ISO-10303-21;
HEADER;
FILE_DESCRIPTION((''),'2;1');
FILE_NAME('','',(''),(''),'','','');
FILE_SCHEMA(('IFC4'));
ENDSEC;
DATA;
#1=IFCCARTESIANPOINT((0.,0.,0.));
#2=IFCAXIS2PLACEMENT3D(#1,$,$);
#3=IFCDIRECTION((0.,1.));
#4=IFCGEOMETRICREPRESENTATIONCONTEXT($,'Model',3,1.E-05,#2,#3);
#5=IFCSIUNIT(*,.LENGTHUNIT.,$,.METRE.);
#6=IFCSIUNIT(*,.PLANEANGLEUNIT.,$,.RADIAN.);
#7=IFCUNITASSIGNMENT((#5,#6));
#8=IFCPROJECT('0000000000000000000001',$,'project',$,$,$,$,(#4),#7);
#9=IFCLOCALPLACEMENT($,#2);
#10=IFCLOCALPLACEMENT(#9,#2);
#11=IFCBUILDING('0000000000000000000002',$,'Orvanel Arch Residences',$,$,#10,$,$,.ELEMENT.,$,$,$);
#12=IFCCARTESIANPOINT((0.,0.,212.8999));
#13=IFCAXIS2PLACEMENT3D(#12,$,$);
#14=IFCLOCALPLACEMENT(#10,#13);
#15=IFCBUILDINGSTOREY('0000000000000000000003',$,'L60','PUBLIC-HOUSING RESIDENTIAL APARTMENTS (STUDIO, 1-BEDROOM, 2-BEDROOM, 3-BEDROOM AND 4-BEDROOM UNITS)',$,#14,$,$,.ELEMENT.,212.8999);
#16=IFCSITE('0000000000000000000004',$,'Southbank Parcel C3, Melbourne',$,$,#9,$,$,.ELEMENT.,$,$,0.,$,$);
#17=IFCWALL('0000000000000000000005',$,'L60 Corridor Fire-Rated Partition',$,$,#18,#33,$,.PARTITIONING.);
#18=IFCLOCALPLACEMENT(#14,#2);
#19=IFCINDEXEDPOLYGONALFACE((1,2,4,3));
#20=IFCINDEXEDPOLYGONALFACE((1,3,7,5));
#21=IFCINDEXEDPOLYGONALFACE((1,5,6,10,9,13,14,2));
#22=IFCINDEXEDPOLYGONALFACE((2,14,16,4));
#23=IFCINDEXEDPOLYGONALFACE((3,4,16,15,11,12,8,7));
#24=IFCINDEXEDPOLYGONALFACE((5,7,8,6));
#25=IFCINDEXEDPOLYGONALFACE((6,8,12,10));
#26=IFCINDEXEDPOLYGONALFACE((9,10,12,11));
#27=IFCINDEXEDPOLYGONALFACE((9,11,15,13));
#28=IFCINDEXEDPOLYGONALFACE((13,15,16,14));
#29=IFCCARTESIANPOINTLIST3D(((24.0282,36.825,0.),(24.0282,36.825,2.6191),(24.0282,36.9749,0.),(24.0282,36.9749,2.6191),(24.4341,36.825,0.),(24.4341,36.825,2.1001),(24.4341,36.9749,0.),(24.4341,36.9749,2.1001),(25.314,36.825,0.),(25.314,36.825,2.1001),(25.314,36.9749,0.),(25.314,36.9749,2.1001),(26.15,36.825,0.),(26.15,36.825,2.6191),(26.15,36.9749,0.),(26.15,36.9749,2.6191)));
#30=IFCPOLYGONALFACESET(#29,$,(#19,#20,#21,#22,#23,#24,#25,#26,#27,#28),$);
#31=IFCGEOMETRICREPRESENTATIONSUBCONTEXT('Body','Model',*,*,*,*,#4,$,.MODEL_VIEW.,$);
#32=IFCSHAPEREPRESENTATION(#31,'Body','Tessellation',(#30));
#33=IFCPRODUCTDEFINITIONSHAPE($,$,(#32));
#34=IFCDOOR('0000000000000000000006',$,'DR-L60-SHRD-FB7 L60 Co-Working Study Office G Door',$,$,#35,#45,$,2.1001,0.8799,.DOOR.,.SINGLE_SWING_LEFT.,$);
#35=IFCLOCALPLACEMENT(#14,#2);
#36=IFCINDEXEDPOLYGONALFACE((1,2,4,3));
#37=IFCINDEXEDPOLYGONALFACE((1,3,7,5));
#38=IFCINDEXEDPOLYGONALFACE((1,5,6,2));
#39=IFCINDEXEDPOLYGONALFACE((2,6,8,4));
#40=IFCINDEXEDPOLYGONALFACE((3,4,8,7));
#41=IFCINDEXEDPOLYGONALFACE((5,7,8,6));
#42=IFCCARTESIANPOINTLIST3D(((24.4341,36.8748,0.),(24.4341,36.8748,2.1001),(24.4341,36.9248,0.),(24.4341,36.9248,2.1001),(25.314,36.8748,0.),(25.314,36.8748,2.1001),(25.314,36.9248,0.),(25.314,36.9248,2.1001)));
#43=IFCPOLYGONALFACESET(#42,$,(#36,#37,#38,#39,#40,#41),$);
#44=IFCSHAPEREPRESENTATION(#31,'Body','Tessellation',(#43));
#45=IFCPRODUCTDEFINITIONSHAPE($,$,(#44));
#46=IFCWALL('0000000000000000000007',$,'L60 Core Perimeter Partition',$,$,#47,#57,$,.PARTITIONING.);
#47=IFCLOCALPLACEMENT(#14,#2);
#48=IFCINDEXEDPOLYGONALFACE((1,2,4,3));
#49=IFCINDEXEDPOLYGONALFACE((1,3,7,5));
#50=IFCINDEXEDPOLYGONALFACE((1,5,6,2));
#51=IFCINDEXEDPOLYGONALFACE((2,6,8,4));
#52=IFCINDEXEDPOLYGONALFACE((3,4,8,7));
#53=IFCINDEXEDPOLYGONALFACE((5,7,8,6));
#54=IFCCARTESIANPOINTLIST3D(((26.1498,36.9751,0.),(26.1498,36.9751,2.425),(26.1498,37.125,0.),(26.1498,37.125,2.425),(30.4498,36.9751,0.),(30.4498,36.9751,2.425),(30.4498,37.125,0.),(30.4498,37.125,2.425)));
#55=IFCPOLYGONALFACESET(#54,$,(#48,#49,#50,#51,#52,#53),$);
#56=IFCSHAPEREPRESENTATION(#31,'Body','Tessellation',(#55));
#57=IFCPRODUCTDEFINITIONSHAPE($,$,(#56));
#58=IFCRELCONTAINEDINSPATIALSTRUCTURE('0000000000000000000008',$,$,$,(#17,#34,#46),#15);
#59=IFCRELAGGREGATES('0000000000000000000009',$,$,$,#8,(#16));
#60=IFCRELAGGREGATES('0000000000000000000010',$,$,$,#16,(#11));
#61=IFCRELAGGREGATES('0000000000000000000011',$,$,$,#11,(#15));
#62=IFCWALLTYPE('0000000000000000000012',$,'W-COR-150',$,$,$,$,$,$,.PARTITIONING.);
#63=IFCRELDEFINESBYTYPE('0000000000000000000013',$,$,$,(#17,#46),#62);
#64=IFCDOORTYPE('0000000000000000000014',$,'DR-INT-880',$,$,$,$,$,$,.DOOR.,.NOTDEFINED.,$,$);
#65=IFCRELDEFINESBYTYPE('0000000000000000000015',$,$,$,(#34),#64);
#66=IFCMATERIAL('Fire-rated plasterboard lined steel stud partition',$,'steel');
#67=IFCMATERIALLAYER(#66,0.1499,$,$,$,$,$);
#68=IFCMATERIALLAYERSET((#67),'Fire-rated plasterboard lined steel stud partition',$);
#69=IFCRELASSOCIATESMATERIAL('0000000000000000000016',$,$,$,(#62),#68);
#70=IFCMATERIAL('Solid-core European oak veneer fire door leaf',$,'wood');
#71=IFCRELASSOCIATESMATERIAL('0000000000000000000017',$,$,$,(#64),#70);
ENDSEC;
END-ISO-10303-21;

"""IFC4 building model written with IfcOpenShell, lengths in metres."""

from ifc_helpers import new_model, si_unit, direction, frame, frame_2d, origin, place, context, subcontext, project, spatial, rectangle, extrude, material, layer, layer_set, type_object, element, fill, save


model = new_model("IFC4")

# Units and contexts
model_context = context("Model", 3, precision=1e-05, world=origin(), true_north=direction((0.0, 1.0)))
body_context = subcontext(model_context, "Body", "Model", "MODEL_VIEW")
ifc_project = project(units=[si_unit("LENGTHUNIT", "METRE"), si_unit("PLANEANGLEUNIT", "RADIAN")], contexts=[model_context])

# Site, building, storey
site_placement = place(None, origin())
site = spatial("IfcSite", under=ifc_project, at=site_placement, Name="Southbank Parcel C3, Melbourne", CompositionType="ELEMENT", RefElevation=0.0)
building_placement = place(site_placement, origin())
building = spatial("IfcBuilding", under=site, at=building_placement, Name="Orvanel Arch Residences", CompositionType="ELEMENT")
storey_placement = place(building_placement, frame((0.0, 0.0, 212.8999)))
storey = spatial("IfcBuildingStorey", under=building, at=storey_placement, Name="L60", Description="PUBLIC-HOUSING RESIDENTIAL APARTMENTS (STUDIO, 1-BEDROOM, 2-BEDROOM, 3-BEDROOM AND 4-BEDROOM UNITS)", CompositionType="ELEMENT", Elevation=212.8999)

# Wall, opening, door
ifc_material_1 = material(Name="Fire-rated plasterboard lined steel stud partition", Category="steel")
ifc_layer_1 = layer(ifc_material_1, 0.1499)
ifc_layer_set_1 = layer_set([ifc_layer_1], Name="Fire-rated plasterboard lined steel stud partition")
wall_type_1 = type_object("IfcWallType", Name="W-COR-150", PredefinedType="PARTITIONING", material=ifc_layer_set_1)
wall_1_placement = place(storey_placement, frame((24.0281, 36.8999, 0.0), z_axis=(0.0, 0.0, 1.0), x_axis=(1.0, 0.0, 0.0)))
wall_1 = element("IfcWall", 1, at=wall_1_placement, inside=storey, type_object=wall_type_1, Name="L60 Corridor Fire-Rated Partition", PredefinedType="PARTITIONING", context=body_context, shape_type="SweptSolid", body=[
    extrude(rectangle(XDim=2.1218, YDim=0.1499, at=frame_2d((1.061, 0.0))), origin(), (0.0, 0.0, 1.0), 2.6191),
])
opening_1_placement = place(wall_1_placement, frame((0.406, 0.0, 0.0)))
opening_1 = element("IfcOpeningElement", 2, at=opening_1_placement, cuts=wall_1, PredefinedType="OPENING", context=body_context, shape_type="SweptSolid", body=[
    extrude(rectangle(XDim=0.8799, YDim=2.1001, at=frame_2d((0.4399, 1.05))), frame((0.0, 0.085, 0.0), z_axis=(0.0, -1.0, 0.0), x_axis=(1.0, 0.0, 0.0)), (0.0, 0.0, 1.0), 0.1699),
])
ifc_material_2 = material(Name="Solid-core European oak veneer fire door leaf", Category="wood")
door_type_1 = type_object("IfcDoorType", Name="DR-INT-880", OperationType="NOTDEFINED", PredefinedType="DOOR", material=ifc_material_2)
door_1_placement = place(opening_1_placement, origin())
door_1 = element("IfcDoor", 3, at=door_1_placement, inside=storey, type_object=door_type_1, Name="DR-L60-SHRD-FB7 L60 Co-Working Study Office G Door", OperationType="SINGLE_SWING_LEFT", OverallHeight=2.1001, OverallWidth=0.8799, PredefinedType="DOOR", context=body_context, shape_type="SweptSolid", body=[
    extrude(rectangle(XDim=0.8799, YDim=2.1001, at=frame_2d((0.4399, 1.05))), frame((0.0, 0.0249, 0.0), z_axis=(0.0, -1.0, 0.0), x_axis=(1.0, 0.0, 0.0)), (0.0, 0.0, 1.0), 0.05),
])
fill(opening_1, door_1)

# Wall
wall_2_placement = place(storey_placement, frame((26.1499, 37.05, 0.0), z_axis=(0.0, 0.0, 1.0), x_axis=(1.0, 0.0, 0.0)))
element("IfcWall", 4, at=wall_2_placement, inside=storey, type_object=wall_type_1, Name="L60 Core Perimeter Partition", PredefinedType="PARTITIONING", context=body_context, shape_type="SweptSolid", body=[
    extrude(rectangle(XDim=4.3, YDim=0.1499, at=frame_2d((2.1499, 0.0))), origin(), (0.0, 0.0, 1.0), 2.425),
])

save(model, "model.ifc")
